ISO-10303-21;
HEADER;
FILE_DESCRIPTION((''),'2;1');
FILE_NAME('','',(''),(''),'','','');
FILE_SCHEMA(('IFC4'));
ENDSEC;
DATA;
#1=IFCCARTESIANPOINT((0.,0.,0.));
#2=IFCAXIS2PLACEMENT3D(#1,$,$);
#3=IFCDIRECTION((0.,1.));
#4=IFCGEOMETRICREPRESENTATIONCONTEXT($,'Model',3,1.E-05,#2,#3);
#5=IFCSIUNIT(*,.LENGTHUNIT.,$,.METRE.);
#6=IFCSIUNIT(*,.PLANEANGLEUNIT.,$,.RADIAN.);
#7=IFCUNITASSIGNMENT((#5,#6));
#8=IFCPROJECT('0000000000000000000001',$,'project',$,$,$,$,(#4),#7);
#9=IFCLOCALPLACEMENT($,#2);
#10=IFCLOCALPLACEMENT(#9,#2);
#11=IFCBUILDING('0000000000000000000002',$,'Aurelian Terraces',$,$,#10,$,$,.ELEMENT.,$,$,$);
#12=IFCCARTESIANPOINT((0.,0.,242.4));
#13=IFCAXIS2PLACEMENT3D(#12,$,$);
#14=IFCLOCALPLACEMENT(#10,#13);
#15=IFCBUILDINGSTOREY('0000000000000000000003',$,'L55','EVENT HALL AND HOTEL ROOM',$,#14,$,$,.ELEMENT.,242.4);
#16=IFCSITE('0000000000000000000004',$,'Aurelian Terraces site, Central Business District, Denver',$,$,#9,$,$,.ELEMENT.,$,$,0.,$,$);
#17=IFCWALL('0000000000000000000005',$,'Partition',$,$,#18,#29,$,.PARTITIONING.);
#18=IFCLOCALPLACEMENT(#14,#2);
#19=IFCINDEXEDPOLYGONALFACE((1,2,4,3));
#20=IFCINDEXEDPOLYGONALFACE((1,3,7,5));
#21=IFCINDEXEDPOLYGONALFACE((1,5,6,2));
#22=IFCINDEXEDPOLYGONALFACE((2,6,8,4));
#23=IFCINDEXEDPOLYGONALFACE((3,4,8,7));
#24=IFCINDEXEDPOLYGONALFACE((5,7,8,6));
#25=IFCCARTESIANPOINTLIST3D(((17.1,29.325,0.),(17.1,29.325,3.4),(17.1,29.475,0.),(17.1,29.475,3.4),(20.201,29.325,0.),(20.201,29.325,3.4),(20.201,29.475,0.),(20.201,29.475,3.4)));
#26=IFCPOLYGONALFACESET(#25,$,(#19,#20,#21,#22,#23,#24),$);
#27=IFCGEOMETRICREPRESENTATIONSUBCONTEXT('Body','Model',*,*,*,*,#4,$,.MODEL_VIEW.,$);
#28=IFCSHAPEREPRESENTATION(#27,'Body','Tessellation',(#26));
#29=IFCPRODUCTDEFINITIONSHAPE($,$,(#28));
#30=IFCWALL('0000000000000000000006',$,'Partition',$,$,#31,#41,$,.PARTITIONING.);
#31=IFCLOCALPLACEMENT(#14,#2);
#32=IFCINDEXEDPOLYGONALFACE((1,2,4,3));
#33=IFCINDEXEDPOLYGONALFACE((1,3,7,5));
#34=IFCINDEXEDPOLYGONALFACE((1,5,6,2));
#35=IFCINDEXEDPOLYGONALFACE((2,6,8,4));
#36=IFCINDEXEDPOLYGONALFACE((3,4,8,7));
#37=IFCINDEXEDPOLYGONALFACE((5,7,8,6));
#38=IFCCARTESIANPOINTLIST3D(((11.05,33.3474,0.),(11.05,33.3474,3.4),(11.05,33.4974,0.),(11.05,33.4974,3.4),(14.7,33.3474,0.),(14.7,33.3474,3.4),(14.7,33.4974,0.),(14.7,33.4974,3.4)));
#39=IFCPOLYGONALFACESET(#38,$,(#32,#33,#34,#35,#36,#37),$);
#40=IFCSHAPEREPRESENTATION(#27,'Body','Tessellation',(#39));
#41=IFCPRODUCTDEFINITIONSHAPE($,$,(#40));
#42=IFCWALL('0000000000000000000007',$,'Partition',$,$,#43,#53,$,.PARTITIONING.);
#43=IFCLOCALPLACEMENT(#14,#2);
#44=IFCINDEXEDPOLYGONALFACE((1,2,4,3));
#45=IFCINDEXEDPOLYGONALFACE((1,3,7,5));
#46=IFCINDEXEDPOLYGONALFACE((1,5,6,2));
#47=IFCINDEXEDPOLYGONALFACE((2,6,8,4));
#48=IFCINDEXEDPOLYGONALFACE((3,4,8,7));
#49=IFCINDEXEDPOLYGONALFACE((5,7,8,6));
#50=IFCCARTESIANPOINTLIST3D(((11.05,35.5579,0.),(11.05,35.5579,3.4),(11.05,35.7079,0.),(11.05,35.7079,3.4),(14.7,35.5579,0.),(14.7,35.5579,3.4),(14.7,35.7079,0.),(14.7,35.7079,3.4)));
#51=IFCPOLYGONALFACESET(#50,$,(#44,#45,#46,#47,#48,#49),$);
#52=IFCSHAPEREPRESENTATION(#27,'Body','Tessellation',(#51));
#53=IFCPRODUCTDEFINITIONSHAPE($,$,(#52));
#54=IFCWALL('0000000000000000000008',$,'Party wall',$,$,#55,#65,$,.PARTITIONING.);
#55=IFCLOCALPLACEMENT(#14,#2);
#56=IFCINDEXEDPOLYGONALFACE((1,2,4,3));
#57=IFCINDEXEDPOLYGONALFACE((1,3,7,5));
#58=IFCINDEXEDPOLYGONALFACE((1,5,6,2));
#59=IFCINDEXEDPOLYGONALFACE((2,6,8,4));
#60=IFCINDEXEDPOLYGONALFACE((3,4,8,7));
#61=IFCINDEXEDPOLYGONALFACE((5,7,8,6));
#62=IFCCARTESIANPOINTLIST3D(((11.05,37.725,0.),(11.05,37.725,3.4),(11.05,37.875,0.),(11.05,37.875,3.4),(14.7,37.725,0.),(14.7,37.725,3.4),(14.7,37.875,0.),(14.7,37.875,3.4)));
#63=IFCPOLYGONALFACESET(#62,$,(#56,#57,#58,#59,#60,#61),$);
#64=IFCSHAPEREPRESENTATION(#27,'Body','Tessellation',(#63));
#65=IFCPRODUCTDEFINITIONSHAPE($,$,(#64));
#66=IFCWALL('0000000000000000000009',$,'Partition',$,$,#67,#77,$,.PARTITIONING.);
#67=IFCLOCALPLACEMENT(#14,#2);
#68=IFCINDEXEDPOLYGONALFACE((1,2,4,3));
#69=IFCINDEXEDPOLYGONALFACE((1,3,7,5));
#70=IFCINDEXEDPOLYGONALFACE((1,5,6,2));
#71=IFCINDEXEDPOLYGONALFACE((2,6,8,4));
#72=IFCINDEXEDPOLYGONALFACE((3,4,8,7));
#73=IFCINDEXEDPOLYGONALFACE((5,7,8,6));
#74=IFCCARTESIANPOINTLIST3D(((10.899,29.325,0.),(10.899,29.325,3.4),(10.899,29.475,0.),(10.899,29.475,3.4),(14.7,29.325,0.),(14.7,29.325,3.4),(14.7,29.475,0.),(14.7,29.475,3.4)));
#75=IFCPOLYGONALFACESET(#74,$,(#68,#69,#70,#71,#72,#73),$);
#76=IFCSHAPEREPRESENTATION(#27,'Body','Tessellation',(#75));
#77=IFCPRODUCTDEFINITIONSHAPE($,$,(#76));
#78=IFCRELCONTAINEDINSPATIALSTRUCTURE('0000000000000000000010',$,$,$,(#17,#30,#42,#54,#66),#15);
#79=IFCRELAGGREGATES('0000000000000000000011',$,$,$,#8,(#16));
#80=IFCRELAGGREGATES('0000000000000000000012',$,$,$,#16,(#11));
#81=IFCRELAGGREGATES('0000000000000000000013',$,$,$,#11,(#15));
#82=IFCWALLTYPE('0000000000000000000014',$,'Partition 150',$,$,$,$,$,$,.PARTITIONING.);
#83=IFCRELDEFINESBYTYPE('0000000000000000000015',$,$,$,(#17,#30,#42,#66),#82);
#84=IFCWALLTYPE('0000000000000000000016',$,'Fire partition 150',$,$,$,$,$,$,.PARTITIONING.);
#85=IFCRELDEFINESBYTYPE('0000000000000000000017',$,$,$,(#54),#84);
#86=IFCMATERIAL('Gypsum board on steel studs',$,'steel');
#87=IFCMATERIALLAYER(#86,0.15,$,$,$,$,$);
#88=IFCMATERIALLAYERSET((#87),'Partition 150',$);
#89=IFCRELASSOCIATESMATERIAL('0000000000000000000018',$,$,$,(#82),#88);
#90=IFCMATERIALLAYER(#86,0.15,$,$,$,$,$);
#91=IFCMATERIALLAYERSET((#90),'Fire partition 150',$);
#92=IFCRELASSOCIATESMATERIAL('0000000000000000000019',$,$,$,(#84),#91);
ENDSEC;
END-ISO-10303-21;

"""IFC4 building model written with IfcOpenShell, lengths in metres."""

from ifc_helpers import new_model, si_unit, direction, frame, frame_2d, origin, place, context, subcontext, project, spatial, rectangle, extrude, source, transform, mapped, material, layer, layer_set, type_object, element, save


model = new_model("IFC4")

# Units and contexts
model_context = context("Model", 3, precision=1e-05, world=origin(), true_north=direction((0.0, 1.0)))
body_context = subcontext(model_context, "Body", "Model", "MODEL_VIEW")
ifc_project = project(units=[si_unit("LENGTHUNIT", "METRE"), si_unit("PLANEANGLEUNIT", "RADIAN")], contexts=[model_context])

# Site, building, storey
site_placement = place(None, origin())
site = spatial("IfcSite", under=ifc_project, at=site_placement, Name="Aurelian Terraces site, Central Business District, Denver", CompositionType="ELEMENT", RefElevation=0.0)
building_placement = place(site_placement, origin())
building = spatial("IfcBuilding", under=site, at=building_placement, Name="Aurelian Terraces", CompositionType="ELEMENT")
storey_placement = place(building_placement, frame((0.0, 0.0, 242.4)))
storey = spatial("IfcBuildingStorey", under=building, at=storey_placement, Name="L55", Description="EVENT HALL AND HOTEL ROOM", CompositionType="ELEMENT", Elevation=242.4)

# Shared definitions
ifc_material_1 = material(Name="Gypsum board on steel studs", Category="steel")

# Shared definitions
ifc_layer_1 = layer(ifc_material_1, 0.15)
ifc_layer_set_1 = layer_set([ifc_layer_1], Name="Partition 150")
wall_type_1 = type_object("IfcWallType", Name="Partition 150", PredefinedType="PARTITIONING", material=ifc_layer_set_1)

# Shared definitions
ifc_layer_2 = layer(ifc_material_1, 0.15)
ifc_layer_set_2 = layer_set([ifc_layer_2], Name="Fire partition 150")
wall_type_2 = type_object("IfcWallType", Name="Fire partition 150", PredefinedType="PARTITIONING", material=ifc_layer_set_2)

# Walls
shared_shape_1 = source(origin(), body_context, "Body", "SweptSolid", [
    extrude(rectangle(XDim=3.101, YDim=0.15, at=frame_2d((1.5505, 0.0))), origin(), (0.0, 0.0, 1.0), 3.4),
])
wall_1_placement = place(storey_placement, frame((20.201, 29.4, 0.0), z_axis=(0.0, 0.0, 1.0), x_axis=(-1.0, 0.0, 0.0)))
element("IfcWall", 1, at=wall_1_placement, inside=storey, type_object=wall_type_1, Name="Partition", PredefinedType="PARTITIONING", context=body_context, shape_type="MappedRepresentation", body=[
    mapped(shared_shape_1, transform((0.0, 0.0, 0.0), scale=1.0)),
])
shared_shape_2 = source(origin(), body_context, "Body", "SweptSolid", [
    extrude(rectangle(XDim=3.65, YDim=0.15, at=frame_2d((1.825, 0.0))), origin(), (0.0, 0.0, 1.0), 3.4),
])
for number, where, z_axis, x_axis, name in (
    (2, (14.7, 33.4224, 0.0), (0.0, 0.0, 1.0), (-1.0, 0.0, 0.0), "Partition"),
    (3, (14.7, 35.6329, 0.0), (0.0, 0.0, 1.0), (-1.0, 0.0, 0.0), "Partition"),
):
    element("IfcWall", number, at=place(storey_placement, frame(where, z_axis=z_axis, x_axis=x_axis)), inside=storey, type_object=wall_type_1, Name=name, PredefinedType="PARTITIONING", context=body_context, shape_type="MappedRepresentation", body=[
        mapped(shared_shape_2, transform((0.0, 0.0, 0.0), scale=1.0)),
    ])
wall_2_placement = place(storey_placement, frame((14.7, 37.8, 0.0), z_axis=(0.0, 0.0, 1.0), x_axis=(-1.0, 0.0, 0.0)))
element("IfcWall", 4, at=wall_2_placement, inside=storey, type_object=wall_type_2, Name="Party wall", PredefinedType="PARTITIONING", context=body_context, shape_type="MappedRepresentation", body=[
    mapped(shared_shape_2, transform((0.0, 0.0, 0.0), scale=1.0)),
])
shared_shape_3 = source(origin(), body_context, "Body", "SweptSolid", [
    extrude(rectangle(XDim=3.801, YDim=0.15, at=frame_2d((1.9005, 0.0))), origin(), (0.0, 0.0, 1.0), 3.4),
])
wall_3_placement = place(storey_placement, frame((14.7, 29.4, 0.0), z_axis=(0.0, 0.0, 1.0), x_axis=(-1.0, 0.0, 0.0)))
element("IfcWall", 5, at=wall_3_placement, inside=storey, type_object=wall_type_1, Name="Partition", PredefinedType="PARTITIONING", context=body_context, shape_type="MappedRepresentation", body=[
    mapped(shared_shape_3, transform((0.0, 0.0, 0.0), scale=1.0)),
])

save(model, "model.ifc")
